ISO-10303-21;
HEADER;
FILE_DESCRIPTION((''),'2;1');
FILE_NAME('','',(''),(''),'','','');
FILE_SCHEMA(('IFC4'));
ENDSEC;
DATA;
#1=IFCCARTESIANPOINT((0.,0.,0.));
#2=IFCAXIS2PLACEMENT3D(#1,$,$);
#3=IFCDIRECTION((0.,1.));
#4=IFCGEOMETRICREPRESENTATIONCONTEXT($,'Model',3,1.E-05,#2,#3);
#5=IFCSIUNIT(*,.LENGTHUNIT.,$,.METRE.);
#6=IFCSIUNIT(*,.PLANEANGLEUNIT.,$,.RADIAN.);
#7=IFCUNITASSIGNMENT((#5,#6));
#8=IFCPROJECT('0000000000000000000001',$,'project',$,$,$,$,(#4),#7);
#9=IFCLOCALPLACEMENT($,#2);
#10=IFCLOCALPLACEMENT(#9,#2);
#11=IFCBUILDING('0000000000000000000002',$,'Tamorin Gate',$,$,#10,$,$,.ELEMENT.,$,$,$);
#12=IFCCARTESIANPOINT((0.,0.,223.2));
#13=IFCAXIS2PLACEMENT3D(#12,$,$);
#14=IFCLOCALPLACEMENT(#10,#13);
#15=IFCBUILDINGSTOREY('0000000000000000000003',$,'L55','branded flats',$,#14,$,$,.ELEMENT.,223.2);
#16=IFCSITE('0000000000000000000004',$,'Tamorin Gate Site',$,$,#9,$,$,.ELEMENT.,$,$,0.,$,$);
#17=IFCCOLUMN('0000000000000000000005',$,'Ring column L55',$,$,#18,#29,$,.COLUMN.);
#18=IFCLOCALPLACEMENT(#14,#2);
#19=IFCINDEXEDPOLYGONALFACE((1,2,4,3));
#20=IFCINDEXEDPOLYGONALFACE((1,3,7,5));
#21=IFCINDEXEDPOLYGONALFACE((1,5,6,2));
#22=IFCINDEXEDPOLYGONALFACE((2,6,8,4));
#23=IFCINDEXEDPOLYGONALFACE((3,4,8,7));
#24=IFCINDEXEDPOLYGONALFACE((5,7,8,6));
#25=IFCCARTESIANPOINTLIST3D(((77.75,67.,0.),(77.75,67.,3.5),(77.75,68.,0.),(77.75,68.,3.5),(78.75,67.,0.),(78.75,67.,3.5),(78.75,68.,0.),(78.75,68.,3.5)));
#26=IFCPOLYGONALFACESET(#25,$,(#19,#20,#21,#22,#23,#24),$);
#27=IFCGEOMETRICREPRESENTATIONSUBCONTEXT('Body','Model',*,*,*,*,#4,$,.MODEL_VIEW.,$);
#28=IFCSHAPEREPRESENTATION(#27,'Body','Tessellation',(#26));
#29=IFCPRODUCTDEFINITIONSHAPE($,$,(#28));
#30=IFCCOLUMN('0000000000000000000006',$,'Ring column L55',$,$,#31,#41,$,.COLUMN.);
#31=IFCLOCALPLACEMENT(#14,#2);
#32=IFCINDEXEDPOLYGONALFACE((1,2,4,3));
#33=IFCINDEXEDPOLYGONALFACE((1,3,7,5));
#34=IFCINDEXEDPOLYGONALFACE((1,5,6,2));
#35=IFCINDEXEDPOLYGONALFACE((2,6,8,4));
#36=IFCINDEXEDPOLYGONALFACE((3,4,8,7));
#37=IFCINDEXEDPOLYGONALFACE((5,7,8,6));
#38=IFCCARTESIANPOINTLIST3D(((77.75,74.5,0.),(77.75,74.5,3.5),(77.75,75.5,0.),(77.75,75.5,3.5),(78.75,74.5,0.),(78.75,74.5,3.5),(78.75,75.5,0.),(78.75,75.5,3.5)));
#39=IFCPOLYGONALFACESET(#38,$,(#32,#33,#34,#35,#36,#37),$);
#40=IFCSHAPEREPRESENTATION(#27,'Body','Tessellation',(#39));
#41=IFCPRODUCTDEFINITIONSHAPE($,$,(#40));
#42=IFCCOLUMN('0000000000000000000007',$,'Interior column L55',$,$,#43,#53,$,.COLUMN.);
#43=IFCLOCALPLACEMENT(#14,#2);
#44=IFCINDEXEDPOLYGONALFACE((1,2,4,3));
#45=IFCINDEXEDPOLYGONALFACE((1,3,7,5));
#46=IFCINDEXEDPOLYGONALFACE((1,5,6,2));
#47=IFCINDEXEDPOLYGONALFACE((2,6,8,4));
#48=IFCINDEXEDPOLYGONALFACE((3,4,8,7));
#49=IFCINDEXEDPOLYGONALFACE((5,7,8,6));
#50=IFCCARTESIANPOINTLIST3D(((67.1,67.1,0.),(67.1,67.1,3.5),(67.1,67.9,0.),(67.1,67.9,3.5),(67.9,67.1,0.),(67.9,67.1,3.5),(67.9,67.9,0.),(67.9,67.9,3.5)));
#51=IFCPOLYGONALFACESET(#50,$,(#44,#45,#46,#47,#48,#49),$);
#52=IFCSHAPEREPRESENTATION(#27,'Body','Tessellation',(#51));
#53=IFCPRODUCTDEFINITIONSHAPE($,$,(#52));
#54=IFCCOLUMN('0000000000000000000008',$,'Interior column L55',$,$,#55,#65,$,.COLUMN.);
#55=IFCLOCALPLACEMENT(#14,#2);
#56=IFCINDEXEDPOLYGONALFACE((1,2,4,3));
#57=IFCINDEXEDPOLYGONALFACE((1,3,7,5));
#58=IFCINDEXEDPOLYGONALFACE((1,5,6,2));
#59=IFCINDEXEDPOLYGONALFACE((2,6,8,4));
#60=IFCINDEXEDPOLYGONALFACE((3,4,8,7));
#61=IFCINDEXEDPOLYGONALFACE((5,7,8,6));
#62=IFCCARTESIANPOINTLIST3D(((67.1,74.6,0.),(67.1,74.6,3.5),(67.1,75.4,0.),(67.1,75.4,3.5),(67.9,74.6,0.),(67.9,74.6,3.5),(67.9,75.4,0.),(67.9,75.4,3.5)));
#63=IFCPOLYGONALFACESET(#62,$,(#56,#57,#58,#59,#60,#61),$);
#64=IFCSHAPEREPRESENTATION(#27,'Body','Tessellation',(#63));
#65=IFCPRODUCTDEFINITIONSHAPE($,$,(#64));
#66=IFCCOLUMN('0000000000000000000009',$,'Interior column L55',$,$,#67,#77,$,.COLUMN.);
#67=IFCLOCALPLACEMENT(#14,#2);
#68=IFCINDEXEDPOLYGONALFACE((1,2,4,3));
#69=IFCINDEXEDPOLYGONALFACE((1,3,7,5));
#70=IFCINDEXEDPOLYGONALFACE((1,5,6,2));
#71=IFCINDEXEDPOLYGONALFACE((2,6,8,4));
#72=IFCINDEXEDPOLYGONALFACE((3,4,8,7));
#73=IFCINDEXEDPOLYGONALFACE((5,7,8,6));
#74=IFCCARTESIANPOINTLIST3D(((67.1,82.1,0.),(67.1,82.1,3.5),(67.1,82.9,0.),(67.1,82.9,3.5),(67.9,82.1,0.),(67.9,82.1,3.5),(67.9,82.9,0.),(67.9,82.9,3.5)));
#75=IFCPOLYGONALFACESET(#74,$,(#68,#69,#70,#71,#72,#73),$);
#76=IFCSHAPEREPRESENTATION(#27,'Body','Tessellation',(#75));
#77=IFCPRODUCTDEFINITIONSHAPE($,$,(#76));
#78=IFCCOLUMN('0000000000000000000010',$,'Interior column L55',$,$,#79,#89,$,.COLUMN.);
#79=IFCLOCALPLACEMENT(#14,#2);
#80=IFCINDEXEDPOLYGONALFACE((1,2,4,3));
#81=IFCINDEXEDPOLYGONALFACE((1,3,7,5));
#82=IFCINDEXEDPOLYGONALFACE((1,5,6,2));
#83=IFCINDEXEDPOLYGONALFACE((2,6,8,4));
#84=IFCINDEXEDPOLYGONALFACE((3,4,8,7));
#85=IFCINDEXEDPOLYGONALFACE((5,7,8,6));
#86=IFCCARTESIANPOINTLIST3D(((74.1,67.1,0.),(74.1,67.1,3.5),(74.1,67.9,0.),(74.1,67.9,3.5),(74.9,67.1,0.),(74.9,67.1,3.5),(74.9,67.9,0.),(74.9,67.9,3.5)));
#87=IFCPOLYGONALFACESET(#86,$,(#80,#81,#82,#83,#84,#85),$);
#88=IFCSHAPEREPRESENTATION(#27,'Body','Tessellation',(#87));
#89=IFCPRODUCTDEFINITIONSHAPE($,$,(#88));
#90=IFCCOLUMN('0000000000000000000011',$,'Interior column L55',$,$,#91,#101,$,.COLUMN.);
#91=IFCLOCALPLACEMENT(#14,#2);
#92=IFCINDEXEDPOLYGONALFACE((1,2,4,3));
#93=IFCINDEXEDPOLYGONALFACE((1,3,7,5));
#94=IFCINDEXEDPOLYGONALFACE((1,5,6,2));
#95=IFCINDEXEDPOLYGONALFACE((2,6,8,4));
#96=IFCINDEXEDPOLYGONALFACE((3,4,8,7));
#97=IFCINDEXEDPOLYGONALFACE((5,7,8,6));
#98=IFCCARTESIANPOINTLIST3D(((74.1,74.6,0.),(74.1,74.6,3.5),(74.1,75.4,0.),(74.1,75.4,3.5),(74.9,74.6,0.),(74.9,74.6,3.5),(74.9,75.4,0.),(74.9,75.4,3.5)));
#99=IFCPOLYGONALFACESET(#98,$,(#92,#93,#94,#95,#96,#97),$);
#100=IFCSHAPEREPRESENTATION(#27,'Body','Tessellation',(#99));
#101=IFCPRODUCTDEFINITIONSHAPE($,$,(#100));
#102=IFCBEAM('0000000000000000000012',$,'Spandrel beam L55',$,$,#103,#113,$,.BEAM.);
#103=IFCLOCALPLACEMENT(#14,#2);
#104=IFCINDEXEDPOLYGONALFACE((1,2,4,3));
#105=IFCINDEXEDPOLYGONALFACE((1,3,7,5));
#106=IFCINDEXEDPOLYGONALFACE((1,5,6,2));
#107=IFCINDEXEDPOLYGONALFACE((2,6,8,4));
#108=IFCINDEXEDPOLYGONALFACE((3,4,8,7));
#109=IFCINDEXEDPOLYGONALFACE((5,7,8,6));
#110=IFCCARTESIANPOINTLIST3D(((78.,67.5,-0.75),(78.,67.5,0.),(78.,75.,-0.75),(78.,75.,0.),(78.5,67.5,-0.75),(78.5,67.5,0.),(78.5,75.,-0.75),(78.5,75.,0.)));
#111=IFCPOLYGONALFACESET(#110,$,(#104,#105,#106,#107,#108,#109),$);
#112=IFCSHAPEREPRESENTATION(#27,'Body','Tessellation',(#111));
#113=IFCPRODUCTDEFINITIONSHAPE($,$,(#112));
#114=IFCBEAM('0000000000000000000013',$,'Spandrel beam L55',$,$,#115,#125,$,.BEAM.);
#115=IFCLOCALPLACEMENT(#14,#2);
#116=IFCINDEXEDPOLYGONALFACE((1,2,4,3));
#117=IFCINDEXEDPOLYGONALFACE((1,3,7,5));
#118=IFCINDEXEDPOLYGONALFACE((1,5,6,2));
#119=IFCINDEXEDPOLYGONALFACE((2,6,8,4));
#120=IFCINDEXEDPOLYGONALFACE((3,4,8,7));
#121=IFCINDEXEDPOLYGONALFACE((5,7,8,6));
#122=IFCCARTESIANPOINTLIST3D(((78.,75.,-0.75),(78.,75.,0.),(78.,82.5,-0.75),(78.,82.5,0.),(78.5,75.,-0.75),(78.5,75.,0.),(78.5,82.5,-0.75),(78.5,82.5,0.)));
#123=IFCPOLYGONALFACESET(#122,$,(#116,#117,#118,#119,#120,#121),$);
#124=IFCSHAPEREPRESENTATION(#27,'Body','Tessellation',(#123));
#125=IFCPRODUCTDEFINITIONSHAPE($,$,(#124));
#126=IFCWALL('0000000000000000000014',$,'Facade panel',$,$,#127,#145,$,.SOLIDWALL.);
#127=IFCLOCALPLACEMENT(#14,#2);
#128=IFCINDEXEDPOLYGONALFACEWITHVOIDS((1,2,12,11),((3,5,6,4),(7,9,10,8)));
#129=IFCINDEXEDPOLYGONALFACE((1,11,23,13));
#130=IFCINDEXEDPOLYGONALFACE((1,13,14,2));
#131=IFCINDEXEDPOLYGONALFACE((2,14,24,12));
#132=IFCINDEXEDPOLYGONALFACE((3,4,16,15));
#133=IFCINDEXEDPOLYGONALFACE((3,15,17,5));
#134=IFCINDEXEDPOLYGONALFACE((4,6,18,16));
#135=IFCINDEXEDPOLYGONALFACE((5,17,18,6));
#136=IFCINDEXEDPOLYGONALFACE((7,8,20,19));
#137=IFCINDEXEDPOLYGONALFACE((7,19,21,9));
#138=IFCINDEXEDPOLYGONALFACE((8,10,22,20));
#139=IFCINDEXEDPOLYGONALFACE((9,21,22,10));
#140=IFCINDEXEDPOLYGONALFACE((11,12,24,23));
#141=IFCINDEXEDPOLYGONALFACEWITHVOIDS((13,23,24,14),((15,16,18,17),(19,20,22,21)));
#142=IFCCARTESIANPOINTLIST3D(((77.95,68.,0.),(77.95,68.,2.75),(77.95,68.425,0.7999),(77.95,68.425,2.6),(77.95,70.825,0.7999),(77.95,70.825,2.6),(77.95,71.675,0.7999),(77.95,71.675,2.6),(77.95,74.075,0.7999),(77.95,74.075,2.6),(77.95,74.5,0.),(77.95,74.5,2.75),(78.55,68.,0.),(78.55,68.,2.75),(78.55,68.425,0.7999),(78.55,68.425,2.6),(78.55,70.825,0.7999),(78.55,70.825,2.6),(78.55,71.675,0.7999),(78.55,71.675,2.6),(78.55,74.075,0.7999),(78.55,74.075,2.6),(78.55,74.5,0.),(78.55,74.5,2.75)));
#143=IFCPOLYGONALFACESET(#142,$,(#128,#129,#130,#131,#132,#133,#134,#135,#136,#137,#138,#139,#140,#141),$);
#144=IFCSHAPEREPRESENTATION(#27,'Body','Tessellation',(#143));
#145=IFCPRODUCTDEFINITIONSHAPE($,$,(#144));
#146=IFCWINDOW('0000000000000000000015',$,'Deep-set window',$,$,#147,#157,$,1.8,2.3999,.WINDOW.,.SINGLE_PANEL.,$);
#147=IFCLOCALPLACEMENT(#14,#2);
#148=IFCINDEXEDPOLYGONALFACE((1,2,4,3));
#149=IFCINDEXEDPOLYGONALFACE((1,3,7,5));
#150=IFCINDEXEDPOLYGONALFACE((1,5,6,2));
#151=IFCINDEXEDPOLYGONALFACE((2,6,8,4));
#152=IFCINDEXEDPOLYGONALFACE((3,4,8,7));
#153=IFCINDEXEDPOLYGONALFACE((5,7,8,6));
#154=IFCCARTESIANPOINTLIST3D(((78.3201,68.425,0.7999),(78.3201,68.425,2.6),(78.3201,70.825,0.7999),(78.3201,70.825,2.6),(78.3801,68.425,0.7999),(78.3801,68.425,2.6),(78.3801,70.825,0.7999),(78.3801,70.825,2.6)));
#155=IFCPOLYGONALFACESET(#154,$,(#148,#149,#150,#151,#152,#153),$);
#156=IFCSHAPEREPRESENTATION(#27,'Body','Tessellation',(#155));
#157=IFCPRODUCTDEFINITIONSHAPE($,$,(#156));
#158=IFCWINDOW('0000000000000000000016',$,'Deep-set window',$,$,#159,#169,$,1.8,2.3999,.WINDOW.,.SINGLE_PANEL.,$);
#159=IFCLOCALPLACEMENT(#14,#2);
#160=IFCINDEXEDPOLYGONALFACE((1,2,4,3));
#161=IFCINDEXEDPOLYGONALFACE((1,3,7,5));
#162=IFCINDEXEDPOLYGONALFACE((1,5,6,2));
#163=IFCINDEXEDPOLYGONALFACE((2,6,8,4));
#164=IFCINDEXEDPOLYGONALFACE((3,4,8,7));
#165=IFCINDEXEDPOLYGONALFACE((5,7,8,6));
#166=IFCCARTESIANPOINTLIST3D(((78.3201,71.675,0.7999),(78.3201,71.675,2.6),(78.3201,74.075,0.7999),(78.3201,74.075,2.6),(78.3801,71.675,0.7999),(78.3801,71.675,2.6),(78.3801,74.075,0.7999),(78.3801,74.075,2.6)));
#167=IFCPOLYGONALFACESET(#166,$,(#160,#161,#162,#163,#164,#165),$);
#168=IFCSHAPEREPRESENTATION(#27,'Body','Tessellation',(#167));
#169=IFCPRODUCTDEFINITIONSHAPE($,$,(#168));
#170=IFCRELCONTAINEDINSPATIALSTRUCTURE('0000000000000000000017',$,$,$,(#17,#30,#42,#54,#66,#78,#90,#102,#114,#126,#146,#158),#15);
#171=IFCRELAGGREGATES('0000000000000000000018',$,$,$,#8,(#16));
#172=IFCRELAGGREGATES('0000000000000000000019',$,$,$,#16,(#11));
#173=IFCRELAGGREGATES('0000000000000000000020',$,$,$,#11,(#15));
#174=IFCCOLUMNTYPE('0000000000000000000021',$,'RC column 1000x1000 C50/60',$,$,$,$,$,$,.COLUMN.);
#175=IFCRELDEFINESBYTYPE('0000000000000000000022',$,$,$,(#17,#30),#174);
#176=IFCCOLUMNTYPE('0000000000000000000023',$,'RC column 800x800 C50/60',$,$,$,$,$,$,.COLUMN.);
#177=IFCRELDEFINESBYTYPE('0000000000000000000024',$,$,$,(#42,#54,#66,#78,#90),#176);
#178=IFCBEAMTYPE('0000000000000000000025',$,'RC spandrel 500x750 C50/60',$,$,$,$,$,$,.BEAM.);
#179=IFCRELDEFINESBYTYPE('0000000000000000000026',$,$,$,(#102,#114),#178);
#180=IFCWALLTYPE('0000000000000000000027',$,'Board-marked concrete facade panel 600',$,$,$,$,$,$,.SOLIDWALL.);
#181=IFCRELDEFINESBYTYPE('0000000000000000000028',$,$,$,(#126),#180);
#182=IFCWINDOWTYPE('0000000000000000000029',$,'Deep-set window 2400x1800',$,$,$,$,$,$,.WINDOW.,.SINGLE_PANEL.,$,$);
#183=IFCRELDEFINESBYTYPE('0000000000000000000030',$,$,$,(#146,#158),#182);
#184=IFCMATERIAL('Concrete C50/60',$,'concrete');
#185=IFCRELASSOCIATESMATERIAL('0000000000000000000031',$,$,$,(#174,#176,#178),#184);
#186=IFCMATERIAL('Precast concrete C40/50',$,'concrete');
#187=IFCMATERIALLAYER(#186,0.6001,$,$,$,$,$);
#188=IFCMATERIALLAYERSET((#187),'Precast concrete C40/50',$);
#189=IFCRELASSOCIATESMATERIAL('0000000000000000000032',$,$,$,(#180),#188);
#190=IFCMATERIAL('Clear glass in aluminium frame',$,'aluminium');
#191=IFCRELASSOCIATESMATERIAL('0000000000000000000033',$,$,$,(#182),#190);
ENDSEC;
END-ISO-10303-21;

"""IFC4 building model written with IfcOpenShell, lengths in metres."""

from ifc_helpers import new_model, si_unit, direction, frame, frame_2d, origin, origin_2d, place, context, subcontext, project, spatial, rectangle, extrude, material, layer, layer_set, material_profile, profile_set, type_object, element, fill, save


model = new_model("IFC4")

# Units and contexts
model_context = context("Model", 3, precision=1e-05, world=origin(), true_north=direction((0.0, 1.0)))
body_context = subcontext(model_context, "Body", "Model", "MODEL_VIEW")
ifc_project = project(units=[si_unit("LENGTHUNIT", "METRE"), si_unit("PLANEANGLEUNIT", "RADIAN")], contexts=[model_context])

# Site, building, storey
site_placement = place(None, origin())
site = spatial("IfcSite", under=ifc_project, at=site_placement, Name="Tamorin Gate Site", CompositionType="ELEMENT", RefElevation=0.0)
building_placement = place(site_placement, origin())
building = spatial("IfcBuilding", under=site, at=building_placement, Name="Tamorin Gate", CompositionType="ELEMENT")
storey_placement = place(building_placement, frame((0.0, 0.0, 223.2)))
storey = spatial("IfcBuildingStorey", under=building, at=storey_placement, Name="L55", Description="branded flats", CompositionType="ELEMENT", Elevation=223.2)

# Columns
ifc_material_1 = material(Name="Concrete C50/60", Category="concrete")
ifc_material_profile_1 = material_profile(ifc_material_1, rectangle(XDim=1.0, YDim=1.0, at=origin_2d()), Name="RC 1000x1000")
ifc_profile_set_1 = profile_set([ifc_material_profile_1], Name="Concrete C50/60")
column_type_1 = type_object("IfcColumnType", Name="RC column 1000x1000 C50/60", PredefinedType="COLUMN", material=ifc_profile_set_1)
for number, where, z_axis, x_axis, name in (
    (1, (78.25, 67.5, 0.0), (0.0, 0.0, 1.0), (1.0, 0.0, 0.0), "Ring column L55"),
    (2, (78.25, 75.0, 0.0), (0.0, 0.0, 1.0), (1.0, 0.0, 0.0), "Ring column L55"),
):
    element("IfcColumn", number, at=place(storey_placement, frame(where, z_axis=z_axis, x_axis=x_axis)), inside=storey, type_object=column_type_1, Name=name, PredefinedType="COLUMN", context=body_context, shape_type="SweptSolid", body=[
        extrude(rectangle(XDim=1.0, YDim=1.0, at=origin_2d()), origin(), (0.0, 0.0, 1.0), 3.5),
    ])
ifc_material_profile_2 = material_profile(ifc_material_1, rectangle(XDim=0.8, YDim=0.8, at=origin_2d()), Name="RC 800x800")
ifc_profile_set_2 = profile_set([ifc_material_profile_2], Name="Concrete C50/60")
column_type_2 = type_object("IfcColumnType", Name="RC column 800x800 C50/60", PredefinedType="COLUMN", material=ifc_profile_set_2)
for number, where, z_axis, x_axis, name in (
    (3, (67.5, 67.5, 0.0), (0.0, 0.0, 1.0), (1.0, 0.0, 0.0), "Interior column L55"),
    (4, (67.5, 75.0, 0.0), (0.0, 0.0, 1.0), (1.0, 0.0, 0.0), "Interior column L55"),
    (5, (67.5, 82.5, 0.0), (0.0, 0.0, 1.0), (1.0, 0.0, 0.0), "Interior column L55"),
    (6, (74.5, 67.5, 0.0), (0.0, 0.0, 1.0), (1.0, 0.0, 0.0), "Interior column L55"),
    (7, (74.5, 75.0, 0.0), (0.0, 0.0, 1.0), (1.0, 0.0, 0.0), "Interior column L55"),
):
    element("IfcColumn", number, at=place(storey_placement, frame(where, z_axis=z_axis, x_axis=x_axis)), inside=storey, type_object=column_type_2, Name=name, PredefinedType="COLUMN", context=body_context, shape_type="SweptSolid", body=[
        extrude(rectangle(XDim=0.8, YDim=0.8, at=origin_2d()), origin(), (0.0, 0.0, 1.0), 3.5),
    ])

# Beams
ifc_material_profile_3 = material_profile(ifc_material_1, rectangle(XDim=0.5, YDim=0.75, at=origin_2d()), Name="RC 500x750")
ifc_profile_set_3 = profile_set([ifc_material_profile_3], Name="Concrete C50/60")
beam_type = type_object("IfcBeamType", Name="RC spandrel 500x750 C50/60", PredefinedType="BEAM", material=ifc_profile_set_3)
for number, where, z_axis, x_axis, name in (
    (8, (78.25, 67.5, -0.375), (0.0, 1.0, 0.0), (-1.0, 0.0, 0.0), "Spandrel beam L55"),
    (9, (78.25, 75.0, -0.375), (0.0, 1.0, 0.0), (-1.0, 0.0, 0.0), "Spandrel beam L55"),
):
    element("IfcBeam", number, at=place(storey_placement, frame(where, z_axis=z_axis, x_axis=x_axis)), inside=storey, type_object=beam_type, Name=name, PredefinedType="BEAM", context=body_context, shape_type="SweptSolid", body=[
        extrude(rectangle(XDim=0.5, YDim=0.75, at=origin_2d()), origin(), (0.0, 0.0, 1.0), 7.5),
    ])

# Wall, openings, windows
ifc_material_2 = material(Name="Precast concrete C40/50", Category="concrete")
ifc_layer_1 = layer(ifc_material_2, 0.6001)
ifc_layer_set_1 = layer_set([ifc_layer_1], Name="Precast concrete C40/50")
wall_type_1 = type_object("IfcWallType", Name="Board-marked concrete facade panel 600", PredefinedType="SOLIDWALL", material=ifc_layer_set_1)
wall_1_placement = place(storey_placement, frame((78.25, 68.0, 0.0), z_axis=(0.0, 0.0, 1.0), x_axis=(0.0, 1.0, 0.0)))
wall_1 = element("IfcWall", 10, at=wall_1_placement, inside=storey, type_object=wall_type_1, Name="Facade panel", PredefinedType="SOLIDWALL", context=body_context, shape_type="SweptSolid", body=[
    extrude(rectangle(XDim=6.5, YDim=0.6001, at=frame_2d((3.25, 0.0))), origin(), (0.0, 0.0, 1.0), 2.75),
])
opening_1_placement = place(wall_1_placement, frame((0.425, 0.0, 0.8)))
opening_1 = element("IfcOpeningElement", 11, at=opening_1_placement, cuts=wall_1, PredefinedType="OPENING", context=body_context, shape_type="SweptSolid", body=[
    extrude(rectangle(XDim=2.3999, YDim=1.8, at=frame_2d((1.2, 0.8999))), frame((0.0, 0.3101, 0.0), z_axis=(0.0, -1.0, 0.0), x_axis=(1.0, 0.0, 0.0)), (0.0, 0.0, 1.0), 0.6201),
])
opening_2_placement = place(wall_1_placement, frame((3.675, 0.0, 0.8)))
opening_2 = element("IfcOpeningElement", 12, at=opening_2_placement, cuts=wall_1, PredefinedType="OPENING", context=body_context, shape_type="SweptSolid", body=[
    extrude(rectangle(XDim=2.3999, YDim=1.8, at=frame_2d((1.2, 0.8999))), frame((0.0, 0.3101, 0.0), z_axis=(0.0, -1.0, 0.0), x_axis=(1.0, 0.0, 0.0)), (0.0, 0.0, 1.0), 0.6201),
])
ifc_material_3 = material(Name="Clear glass in aluminium frame", Category="aluminium")
window_type = type_object("IfcWindowType", Name="Deep-set window 2400x1800", PartitioningType="SINGLE_PANEL", PredefinedType="WINDOW", material=ifc_material_3)
window_1_placement = place(opening_1_placement, origin())
window_1 = element("IfcWindow", 13, at=window_1_placement, inside=storey, type_object=window_type, Name="Deep-set window", OverallHeight=1.8, OverallWidth=2.3999, PartitioningType="SINGLE_PANEL", PredefinedType="WINDOW", context=body_context, shape_type="SweptSolid", body=[
    extrude(rectangle(XDim=2.3999, YDim=1.8, at=frame_2d((1.2, 0.8999))), frame((0.0, -0.0701, 0.0), z_axis=(0.0, -1.0, 0.0), x_axis=(1.0, 0.0, 0.0)), (0.0, 0.0, 1.0), 0.0601),
])
fill(opening_1, window_1)
window_2_placement = place(opening_2_placement, origin())
window_2 = element("IfcWindow", 14, at=window_2_placement, inside=storey, type_object=window_type, Name="Deep-set window", OverallHeight=1.8, OverallWidth=2.3999, PartitioningType="SINGLE_PANEL", PredefinedType="WINDOW", context=body_context, shape_type="SweptSolid", body=[
    extrude(rectangle(XDim=2.3999, YDim=1.8, at=frame_2d((1.2, 0.8999))), frame((0.0, -0.0701, 0.0), z_axis=(0.0, -1.0, 0.0), x_axis=(1.0, 0.0, 0.0)), (0.0, 0.0, 1.0), 0.0601),
])
fill(opening_2, window_2)

save(model, "model.ifc")
